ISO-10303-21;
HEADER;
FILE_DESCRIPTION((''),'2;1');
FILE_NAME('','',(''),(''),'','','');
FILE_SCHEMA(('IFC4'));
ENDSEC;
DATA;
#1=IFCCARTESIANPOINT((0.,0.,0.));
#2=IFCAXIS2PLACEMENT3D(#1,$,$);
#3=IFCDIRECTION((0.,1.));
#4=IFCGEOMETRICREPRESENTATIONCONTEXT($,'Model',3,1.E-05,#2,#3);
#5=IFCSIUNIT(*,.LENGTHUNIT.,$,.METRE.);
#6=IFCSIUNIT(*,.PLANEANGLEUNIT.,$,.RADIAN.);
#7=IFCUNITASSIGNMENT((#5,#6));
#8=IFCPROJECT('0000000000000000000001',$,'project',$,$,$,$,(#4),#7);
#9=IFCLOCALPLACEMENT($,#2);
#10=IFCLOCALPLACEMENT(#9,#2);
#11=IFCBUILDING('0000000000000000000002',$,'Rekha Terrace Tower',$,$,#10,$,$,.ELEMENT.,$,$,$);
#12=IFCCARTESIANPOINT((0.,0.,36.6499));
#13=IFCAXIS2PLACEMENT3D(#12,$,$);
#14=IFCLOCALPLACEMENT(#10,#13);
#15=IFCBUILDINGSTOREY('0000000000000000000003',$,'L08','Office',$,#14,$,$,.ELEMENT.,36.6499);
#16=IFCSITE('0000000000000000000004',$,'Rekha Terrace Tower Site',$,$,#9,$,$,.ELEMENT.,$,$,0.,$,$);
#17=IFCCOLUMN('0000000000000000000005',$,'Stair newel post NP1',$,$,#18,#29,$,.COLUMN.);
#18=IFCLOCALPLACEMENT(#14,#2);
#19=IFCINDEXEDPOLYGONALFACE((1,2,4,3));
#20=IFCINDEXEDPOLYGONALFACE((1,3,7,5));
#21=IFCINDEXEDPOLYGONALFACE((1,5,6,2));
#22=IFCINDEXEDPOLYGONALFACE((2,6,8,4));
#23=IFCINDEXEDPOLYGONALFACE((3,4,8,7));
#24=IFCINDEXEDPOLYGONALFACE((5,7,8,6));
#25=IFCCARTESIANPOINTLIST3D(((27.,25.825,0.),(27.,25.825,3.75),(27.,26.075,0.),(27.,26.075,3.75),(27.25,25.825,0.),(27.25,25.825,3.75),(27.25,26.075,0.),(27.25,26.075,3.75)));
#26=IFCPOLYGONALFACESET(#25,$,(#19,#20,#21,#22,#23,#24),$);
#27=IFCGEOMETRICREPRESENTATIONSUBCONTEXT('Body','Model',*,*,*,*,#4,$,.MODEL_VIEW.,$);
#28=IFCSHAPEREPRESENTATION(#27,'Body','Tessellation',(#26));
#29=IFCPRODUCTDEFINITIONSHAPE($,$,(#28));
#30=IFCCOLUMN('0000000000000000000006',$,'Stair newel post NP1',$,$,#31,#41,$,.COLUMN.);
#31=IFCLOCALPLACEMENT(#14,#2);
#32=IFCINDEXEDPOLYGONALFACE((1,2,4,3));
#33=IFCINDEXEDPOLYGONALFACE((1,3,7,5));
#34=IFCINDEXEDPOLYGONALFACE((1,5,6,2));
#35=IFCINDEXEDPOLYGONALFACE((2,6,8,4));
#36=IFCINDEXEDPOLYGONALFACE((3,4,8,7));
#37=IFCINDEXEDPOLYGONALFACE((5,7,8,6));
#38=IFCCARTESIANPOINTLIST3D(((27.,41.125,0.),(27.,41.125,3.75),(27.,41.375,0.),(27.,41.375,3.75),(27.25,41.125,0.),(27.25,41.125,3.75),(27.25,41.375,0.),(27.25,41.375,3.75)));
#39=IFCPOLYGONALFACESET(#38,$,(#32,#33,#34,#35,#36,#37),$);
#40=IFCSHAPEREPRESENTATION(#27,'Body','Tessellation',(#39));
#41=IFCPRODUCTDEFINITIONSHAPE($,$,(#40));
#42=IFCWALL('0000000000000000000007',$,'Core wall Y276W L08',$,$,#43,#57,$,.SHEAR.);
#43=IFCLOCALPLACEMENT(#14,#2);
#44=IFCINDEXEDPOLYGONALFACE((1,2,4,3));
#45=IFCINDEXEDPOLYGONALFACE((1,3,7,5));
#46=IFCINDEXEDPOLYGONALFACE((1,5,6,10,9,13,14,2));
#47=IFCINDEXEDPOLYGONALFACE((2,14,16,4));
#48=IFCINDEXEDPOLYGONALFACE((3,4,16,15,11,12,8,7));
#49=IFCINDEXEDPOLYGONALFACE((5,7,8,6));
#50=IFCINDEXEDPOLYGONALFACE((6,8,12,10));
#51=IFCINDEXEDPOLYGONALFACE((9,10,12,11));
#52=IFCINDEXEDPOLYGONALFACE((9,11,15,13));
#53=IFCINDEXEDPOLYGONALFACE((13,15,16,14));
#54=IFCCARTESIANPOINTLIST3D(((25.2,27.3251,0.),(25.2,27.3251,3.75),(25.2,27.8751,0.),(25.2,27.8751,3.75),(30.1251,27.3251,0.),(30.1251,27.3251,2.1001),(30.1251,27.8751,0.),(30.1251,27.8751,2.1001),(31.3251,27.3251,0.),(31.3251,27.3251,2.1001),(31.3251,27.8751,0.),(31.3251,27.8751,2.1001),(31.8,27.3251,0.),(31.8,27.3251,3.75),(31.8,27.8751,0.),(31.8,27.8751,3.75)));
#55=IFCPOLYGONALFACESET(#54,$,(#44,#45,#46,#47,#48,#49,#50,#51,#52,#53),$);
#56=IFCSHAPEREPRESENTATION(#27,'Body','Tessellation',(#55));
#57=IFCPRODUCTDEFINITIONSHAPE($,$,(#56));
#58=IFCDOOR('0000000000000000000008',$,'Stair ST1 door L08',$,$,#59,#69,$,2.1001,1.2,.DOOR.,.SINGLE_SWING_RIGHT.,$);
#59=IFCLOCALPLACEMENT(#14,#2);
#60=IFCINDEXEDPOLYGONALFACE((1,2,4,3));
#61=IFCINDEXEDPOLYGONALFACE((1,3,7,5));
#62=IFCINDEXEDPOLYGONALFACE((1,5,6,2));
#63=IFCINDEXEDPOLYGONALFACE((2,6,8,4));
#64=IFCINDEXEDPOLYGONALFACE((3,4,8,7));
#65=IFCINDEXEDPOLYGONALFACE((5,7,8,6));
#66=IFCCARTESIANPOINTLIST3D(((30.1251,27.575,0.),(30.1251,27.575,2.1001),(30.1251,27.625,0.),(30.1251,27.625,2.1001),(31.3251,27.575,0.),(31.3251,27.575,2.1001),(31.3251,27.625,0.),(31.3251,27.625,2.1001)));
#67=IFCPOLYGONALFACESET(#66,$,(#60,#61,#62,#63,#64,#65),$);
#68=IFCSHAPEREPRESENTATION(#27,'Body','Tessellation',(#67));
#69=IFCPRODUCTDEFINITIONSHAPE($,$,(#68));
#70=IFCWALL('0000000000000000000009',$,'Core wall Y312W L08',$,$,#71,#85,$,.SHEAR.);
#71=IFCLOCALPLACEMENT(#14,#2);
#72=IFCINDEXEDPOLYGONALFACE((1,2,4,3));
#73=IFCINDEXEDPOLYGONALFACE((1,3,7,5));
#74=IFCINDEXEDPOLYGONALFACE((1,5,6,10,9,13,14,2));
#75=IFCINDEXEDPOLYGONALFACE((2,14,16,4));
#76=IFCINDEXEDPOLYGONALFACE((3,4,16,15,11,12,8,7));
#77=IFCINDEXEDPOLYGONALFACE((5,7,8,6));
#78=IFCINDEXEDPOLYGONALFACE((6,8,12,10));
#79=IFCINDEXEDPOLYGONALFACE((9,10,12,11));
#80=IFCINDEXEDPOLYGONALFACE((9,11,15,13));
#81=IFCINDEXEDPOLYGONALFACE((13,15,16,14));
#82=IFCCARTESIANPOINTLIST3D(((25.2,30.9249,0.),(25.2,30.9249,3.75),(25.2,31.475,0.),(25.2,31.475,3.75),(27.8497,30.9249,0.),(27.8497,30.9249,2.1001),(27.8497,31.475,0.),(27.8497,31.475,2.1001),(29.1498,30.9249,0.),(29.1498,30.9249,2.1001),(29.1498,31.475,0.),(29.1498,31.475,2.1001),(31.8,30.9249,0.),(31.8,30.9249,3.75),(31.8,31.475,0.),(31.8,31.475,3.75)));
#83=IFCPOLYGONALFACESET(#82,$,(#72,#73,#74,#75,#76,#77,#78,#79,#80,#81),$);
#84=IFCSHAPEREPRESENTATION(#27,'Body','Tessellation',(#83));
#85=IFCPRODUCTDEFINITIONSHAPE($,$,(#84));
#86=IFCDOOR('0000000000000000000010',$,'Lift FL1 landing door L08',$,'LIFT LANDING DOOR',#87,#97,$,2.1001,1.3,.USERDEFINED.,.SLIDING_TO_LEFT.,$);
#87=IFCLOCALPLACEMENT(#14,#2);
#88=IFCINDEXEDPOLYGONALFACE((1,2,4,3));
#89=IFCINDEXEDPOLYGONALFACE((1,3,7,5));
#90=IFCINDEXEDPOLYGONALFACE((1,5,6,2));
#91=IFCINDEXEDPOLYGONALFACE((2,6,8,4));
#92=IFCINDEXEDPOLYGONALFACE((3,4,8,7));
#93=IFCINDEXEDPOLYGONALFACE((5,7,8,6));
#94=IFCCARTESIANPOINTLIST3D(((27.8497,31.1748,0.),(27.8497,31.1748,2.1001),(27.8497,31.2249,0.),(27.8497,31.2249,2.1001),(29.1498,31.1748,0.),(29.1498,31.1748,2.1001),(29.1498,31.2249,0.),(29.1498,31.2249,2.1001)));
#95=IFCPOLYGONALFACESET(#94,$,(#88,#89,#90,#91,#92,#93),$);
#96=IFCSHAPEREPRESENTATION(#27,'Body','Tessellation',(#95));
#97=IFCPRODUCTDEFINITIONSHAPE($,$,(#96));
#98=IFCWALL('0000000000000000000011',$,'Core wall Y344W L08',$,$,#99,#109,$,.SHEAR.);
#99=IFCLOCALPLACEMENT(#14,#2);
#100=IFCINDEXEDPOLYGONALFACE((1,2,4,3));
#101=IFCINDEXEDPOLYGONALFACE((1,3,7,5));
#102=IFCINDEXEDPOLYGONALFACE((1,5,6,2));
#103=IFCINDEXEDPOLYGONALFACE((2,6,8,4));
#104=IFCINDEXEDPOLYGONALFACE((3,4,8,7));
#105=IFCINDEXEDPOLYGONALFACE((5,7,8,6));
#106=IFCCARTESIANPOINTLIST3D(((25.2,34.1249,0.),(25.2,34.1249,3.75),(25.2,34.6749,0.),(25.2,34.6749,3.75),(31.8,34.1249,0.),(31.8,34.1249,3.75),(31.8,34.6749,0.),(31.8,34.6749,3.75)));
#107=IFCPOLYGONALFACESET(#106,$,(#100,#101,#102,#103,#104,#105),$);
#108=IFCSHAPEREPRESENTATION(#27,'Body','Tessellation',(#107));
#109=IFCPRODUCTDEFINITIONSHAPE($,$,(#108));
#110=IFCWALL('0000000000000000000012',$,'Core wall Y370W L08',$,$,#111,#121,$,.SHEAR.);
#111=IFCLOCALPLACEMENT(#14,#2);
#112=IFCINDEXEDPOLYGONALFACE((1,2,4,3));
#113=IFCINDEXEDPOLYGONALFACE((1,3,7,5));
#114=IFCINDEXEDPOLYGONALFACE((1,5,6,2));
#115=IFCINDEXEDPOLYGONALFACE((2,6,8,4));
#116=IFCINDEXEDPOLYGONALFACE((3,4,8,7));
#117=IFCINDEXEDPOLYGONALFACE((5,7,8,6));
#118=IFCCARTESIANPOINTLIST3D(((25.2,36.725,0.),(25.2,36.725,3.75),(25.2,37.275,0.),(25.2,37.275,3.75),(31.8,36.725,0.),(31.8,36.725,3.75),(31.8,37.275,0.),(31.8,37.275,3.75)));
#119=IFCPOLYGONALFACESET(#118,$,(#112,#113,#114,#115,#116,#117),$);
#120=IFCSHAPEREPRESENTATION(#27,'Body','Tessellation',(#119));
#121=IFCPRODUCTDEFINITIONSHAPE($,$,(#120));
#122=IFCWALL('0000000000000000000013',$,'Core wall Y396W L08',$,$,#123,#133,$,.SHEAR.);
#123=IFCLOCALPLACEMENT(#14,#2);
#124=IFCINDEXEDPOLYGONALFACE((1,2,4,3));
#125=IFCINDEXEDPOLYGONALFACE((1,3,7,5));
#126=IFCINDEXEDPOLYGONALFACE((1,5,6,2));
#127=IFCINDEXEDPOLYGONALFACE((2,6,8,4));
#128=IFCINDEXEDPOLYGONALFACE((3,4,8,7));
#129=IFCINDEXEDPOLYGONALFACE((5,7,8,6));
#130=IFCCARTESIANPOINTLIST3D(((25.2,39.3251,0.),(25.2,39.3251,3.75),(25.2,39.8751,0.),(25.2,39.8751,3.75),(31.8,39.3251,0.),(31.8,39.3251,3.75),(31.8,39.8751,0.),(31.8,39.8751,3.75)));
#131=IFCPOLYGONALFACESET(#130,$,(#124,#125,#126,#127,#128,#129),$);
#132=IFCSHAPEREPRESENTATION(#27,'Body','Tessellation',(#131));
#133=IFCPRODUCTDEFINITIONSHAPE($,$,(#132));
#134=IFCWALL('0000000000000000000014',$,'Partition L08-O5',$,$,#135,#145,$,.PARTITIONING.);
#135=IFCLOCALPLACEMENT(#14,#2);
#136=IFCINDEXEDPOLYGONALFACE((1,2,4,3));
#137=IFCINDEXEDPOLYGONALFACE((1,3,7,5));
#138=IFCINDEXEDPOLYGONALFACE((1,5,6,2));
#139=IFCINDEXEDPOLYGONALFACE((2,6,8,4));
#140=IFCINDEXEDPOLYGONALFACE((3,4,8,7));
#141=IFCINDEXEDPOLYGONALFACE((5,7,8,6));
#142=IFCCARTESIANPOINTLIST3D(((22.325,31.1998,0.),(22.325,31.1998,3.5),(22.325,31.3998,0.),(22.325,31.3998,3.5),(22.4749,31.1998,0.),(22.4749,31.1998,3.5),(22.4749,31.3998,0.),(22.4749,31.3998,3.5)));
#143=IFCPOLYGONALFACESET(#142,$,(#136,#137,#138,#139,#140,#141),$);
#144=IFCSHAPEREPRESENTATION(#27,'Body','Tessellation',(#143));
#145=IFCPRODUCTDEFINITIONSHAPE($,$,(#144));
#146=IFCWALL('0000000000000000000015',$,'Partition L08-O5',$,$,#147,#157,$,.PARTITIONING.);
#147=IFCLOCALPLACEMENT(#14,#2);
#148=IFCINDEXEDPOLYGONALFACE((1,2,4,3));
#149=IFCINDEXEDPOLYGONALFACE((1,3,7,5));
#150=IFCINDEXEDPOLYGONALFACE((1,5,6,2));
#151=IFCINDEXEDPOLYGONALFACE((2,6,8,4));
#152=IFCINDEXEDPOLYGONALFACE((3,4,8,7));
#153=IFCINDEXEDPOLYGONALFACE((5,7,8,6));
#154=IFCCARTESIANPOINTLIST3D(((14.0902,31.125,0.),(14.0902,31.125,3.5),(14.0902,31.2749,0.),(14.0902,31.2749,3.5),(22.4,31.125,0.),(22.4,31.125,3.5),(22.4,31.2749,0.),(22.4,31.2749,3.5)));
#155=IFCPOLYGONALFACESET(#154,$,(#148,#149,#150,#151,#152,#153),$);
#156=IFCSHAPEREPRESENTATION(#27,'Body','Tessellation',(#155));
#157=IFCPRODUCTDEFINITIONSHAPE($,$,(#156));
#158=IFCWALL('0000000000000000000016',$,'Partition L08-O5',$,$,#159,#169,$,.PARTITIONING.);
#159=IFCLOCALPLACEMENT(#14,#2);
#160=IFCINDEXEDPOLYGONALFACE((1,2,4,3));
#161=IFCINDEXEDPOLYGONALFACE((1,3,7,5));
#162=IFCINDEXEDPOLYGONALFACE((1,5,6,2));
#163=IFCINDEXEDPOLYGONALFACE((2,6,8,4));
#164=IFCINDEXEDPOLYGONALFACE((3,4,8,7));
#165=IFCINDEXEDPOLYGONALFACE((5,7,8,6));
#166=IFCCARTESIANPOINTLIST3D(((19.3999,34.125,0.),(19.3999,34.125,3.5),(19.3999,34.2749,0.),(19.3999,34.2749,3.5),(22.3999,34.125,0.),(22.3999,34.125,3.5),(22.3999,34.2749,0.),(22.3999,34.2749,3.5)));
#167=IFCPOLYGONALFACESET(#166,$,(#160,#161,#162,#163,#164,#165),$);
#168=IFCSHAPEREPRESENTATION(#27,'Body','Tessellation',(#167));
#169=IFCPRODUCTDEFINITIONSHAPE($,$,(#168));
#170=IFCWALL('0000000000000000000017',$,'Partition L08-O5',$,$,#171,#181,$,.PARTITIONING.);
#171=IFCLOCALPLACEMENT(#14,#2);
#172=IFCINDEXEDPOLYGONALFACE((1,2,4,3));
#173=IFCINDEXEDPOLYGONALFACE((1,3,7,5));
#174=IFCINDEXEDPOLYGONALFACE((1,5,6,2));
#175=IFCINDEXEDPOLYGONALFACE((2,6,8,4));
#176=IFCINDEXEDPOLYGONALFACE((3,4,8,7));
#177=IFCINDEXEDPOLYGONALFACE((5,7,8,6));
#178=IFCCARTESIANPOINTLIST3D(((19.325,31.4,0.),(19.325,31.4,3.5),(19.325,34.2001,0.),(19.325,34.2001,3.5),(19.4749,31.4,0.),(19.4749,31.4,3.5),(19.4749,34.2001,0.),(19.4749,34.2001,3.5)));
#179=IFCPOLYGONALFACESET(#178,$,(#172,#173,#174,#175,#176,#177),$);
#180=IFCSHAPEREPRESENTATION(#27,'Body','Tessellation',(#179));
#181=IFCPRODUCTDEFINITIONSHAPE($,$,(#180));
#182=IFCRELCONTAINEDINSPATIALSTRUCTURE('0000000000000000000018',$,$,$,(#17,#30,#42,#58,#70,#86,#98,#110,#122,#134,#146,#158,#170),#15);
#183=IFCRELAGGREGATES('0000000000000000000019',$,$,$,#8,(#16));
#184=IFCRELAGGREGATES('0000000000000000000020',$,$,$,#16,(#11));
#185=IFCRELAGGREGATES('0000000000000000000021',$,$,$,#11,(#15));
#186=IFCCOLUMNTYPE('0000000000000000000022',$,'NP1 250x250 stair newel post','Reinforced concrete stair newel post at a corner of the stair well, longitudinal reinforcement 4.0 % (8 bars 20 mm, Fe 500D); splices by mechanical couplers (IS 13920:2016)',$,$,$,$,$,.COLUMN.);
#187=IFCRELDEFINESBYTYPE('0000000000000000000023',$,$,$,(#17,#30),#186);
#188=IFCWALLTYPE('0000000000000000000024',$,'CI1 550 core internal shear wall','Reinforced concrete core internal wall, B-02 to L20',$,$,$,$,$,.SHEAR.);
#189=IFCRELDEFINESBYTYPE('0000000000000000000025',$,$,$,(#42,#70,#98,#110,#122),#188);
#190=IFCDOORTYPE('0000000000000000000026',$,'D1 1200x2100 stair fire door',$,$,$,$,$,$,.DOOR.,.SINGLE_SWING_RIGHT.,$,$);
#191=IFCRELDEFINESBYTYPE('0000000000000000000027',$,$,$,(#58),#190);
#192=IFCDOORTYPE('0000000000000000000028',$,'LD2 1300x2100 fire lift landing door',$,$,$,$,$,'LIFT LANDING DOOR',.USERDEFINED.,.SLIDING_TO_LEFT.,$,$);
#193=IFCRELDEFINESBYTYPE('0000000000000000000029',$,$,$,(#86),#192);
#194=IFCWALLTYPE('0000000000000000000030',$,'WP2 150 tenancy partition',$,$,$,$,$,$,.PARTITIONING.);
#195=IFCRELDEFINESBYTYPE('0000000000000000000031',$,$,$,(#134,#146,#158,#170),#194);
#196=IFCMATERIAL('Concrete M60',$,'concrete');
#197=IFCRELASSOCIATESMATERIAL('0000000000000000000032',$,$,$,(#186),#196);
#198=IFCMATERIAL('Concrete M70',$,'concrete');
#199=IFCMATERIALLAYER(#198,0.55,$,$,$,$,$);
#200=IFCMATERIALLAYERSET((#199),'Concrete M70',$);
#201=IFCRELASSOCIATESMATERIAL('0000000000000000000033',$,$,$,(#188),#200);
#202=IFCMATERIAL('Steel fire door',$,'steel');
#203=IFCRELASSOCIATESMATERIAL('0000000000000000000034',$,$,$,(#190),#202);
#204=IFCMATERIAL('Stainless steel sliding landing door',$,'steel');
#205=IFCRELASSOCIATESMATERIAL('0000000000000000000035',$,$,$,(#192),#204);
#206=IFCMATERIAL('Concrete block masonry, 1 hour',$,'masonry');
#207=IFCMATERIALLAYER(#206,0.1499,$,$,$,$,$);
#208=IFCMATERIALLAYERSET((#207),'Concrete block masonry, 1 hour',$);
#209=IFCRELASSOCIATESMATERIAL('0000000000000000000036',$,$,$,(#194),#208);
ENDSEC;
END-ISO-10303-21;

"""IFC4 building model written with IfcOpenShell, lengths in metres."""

from ifc_helpers import new_model, si_unit, direction, frame, frame_2d, origin, origin_2d, place, context, subcontext, project, spatial, rectangle, extrude, material, layer, layer_set, material_profile, profile_set, type_object, element, fill, save


model = new_model("IFC4")

# Units and contexts
model_context = context("Model", 3, precision=1e-05, world=origin(), true_north=direction((0.0, 1.0)))
body_context = subcontext(model_context, "Body", "Model", "MODEL_VIEW")
ifc_project = project(units=[si_unit("LENGTHUNIT", "METRE"), si_unit("PLANEANGLEUNIT", "RADIAN")], contexts=[model_context])

# Site, building, storey
site_placement = place(None, origin())
site = spatial("IfcSite", under=ifc_project, at=site_placement, Name="Rekha Terrace Tower Site", CompositionType="ELEMENT", RefElevation=0.0)
building_placement = place(site_placement, origin())
building = spatial("IfcBuilding", under=site, at=building_placement, Name="Rekha Terrace Tower", CompositionType="ELEMENT")
storey_placement = place(building_placement, frame((0.0, 0.0, 36.6499)))
storey = spatial("IfcBuildingStorey", under=building, at=storey_placement, Name="L08", Description="Office", CompositionType="ELEMENT", Elevation=36.6499)

# Columns
ifc_material_1 = material(Name="Concrete M60", Category="concrete")
ifc_material_profile = material_profile(ifc_material_1, rectangle(XDim=0.25, YDim=0.25, at=origin_2d()), Name="RC 250x250")
ifc_profile_set = profile_set([ifc_material_profile], Name="Concrete M60")
column_type = type_object("IfcColumnType", Name="NP1 250x250 stair newel post", Description="Reinforced concrete stair newel post at a corner of the stair well, longitudinal reinforcement 4.0 % (8 bars 20 mm, Fe 500D); splices by mechanical couplers (IS 13920:2016)", PredefinedType="COLUMN", material=ifc_profile_set)
for number, where, z_axis, x_axis, name in (
    (1, (27.125, 25.95, 0.0), (0.0, 0.0, 1.0), (1.0, 0.0, 0.0), "Stair newel post NP1"),
    (2, (27.125, 41.25, 0.0), (0.0, 0.0, 1.0), (1.0, 0.0, 0.0), "Stair newel post NP1"),
):
    element("IfcColumn", number, at=place(storey_placement, frame(where, z_axis=z_axis, x_axis=x_axis)), inside=storey, type_object=column_type, Name=name, PredefinedType="COLUMN", context=body_context, shape_type="SweptSolid", body=[
        extrude(rectangle(XDim=0.25, YDim=0.25, at=origin_2d()), origin(), (0.0, 0.0, 1.0), 3.75),
    ])

# Walls, openings, doors
ifc_material_2 = material(Name="Concrete M70", Category="concrete")
ifc_layer_1 = layer(ifc_material_2, 0.55)
ifc_layer_set_1 = layer_set([ifc_layer_1], Name="Concrete M70")
wall_type_1 = type_object("IfcWallType", Name="CI1 550 core internal shear wall", Description="Reinforced concrete core internal wall, B-02 to L20", PredefinedType="SHEAR", material=ifc_layer_set_1)
wall_1_placement = place(storey_placement, frame((25.2, 27.6001, 0.0), z_axis=(0.0, 0.0, 1.0), x_axis=(1.0, 0.0, 0.0)))
wall_1 = element("IfcWall", 3, at=wall_1_placement, inside=storey, type_object=wall_type_1, Name="Core wall Y276W L08", PredefinedType="SHEAR", context=body_context, shape_type="SweptSolid", body=[
    extrude(rectangle(XDim=6.6001, YDim=0.55, at=frame_2d((3.3, 0.0))), origin(), (0.0, 0.0, 1.0), 3.75),
])
opening_1_placement = place(wall_1_placement, frame((4.925, 0.0, 0.0)))
opening_1 = element("IfcOpeningElement", 4, at=opening_1_placement, cuts=wall_1, PredefinedType="OPENING", context=body_context, shape_type="SweptSolid", body=[
    extrude(rectangle(XDim=1.2, YDim=2.1001, at=frame_2d((0.6001, 1.05))), frame((0.0, 0.2849, 0.0), z_axis=(0.0, -1.0, 0.0), x_axis=(1.0, 0.0, 0.0)), (0.0, 0.0, 1.0), 0.5701),
])
ifc_material_3 = material(Name="Steel fire door", Category="steel")
door_type_1 = type_object("IfcDoorType", Name="D1 1200x2100 stair fire door", OperationType="SINGLE_SWING_RIGHT", PredefinedType="DOOR", material=ifc_material_3)
door_1_placement = place(opening_1_placement, origin())
door_1 = element("IfcDoor", 5, at=door_1_placement, inside=storey, type_object=door_type_1, Name="Stair ST1 door L08", OperationType="SINGLE_SWING_RIGHT", OverallHeight=2.1001, OverallWidth=1.2, PredefinedType="DOOR", context=body_context, shape_type="SweptSolid", body=[
    extrude(rectangle(XDim=1.2, YDim=2.1001, at=frame_2d((0.6001, 1.05))), frame((0.0, 0.0249, 0.0), z_axis=(0.0, -1.0, 0.0), x_axis=(1.0, 0.0, 0.0)), (0.0, 0.0, 1.0), 0.05),
])
fill(opening_1, door_1)
wall_2_placement = place(storey_placement, frame((25.2, 31.2, 0.0), z_axis=(0.0, 0.0, 1.0), x_axis=(1.0, 0.0, 0.0)))
wall_2 = element("IfcWall", 6, at=wall_2_placement, inside=storey, type_object=wall_type_1, Name="Core wall Y312W L08", PredefinedType="SHEAR", context=body_context, shape_type="SweptSolid", body=[
    extrude(rectangle(XDim=6.6001, YDim=0.55, at=frame_2d((3.3, 0.0))), origin(), (0.0, 0.0, 1.0), 3.75),
])
opening_2_placement = place(wall_2_placement, frame((2.6499, 0.0, 0.0)))
opening_2 = element("IfcOpeningElement", 7, at=opening_2_placement, cuts=wall_2, PredefinedType="OPENING", context=body_context, shape_type="SweptSolid", body=[
    extrude(rectangle(XDim=1.3, YDim=2.1001, at=frame_2d((0.6499, 1.05))), frame((0.0, 0.2849, 0.0), z_axis=(0.0, -1.0, 0.0), x_axis=(1.0, 0.0, 0.0)), (0.0, 0.0, 1.0), 0.5701),
])
ifc_material_4 = material(Name="Stainless steel sliding landing door", Category="steel")
door_type_2 = type_object("IfcDoorType", Name="LD2 1300x2100 fire lift landing door", ElementType="LIFT LANDING DOOR", OperationType="SLIDING_TO_LEFT", PredefinedType="USERDEFINED", material=ifc_material_4)
door_2_placement = place(opening_2_placement, origin())
door_2 = element("IfcDoor", 8, at=door_2_placement, inside=storey, type_object=door_type_2, Name="Lift FL1 landing door L08", ObjectType="LIFT LANDING DOOR", OperationType="SLIDING_TO_LEFT", OverallHeight=2.1001, OverallWidth=1.3, PredefinedType="USERDEFINED", context=body_context, shape_type="SweptSolid", body=[
    extrude(rectangle(XDim=1.3, YDim=2.1001, at=frame_2d((0.6499, 1.05))), frame((0.0, 0.0249, 0.0), z_axis=(0.0, -1.0, 0.0), x_axis=(1.0, 0.0, 0.0)), (0.0, 0.0, 1.0), 0.05),
])
fill(opening_2, door_2)

# Walls
for number, where, z_axis, x_axis, name in (
    (9, (25.2, 34.3999, 0.0), (0.0, 0.0, 1.0), (1.0, 0.0, 0.0), "Core wall Y344W L08"),
    (10, (25.2, 37.0, 0.0), (0.0, 0.0, 1.0), (1.0, 0.0, 0.0), "Core wall Y370W L08"),
    (11, (25.2, 39.6001, 0.0), (0.0, 0.0, 1.0), (1.0, 0.0, 0.0), "Core wall Y396W L08"),
):
    element("IfcWall", number, at=place(storey_placement, frame(where, z_axis=z_axis, x_axis=x_axis)), inside=storey, type_object=wall_type_1, Name=name, PredefinedType="SHEAR", context=body_context, shape_type="SweptSolid", body=[
        extrude(rectangle(XDim=6.6001, YDim=0.55, at=frame_2d((3.3, 0.0))), origin(), (0.0, 0.0, 1.0), 3.75),
    ])
ifc_material_5 = material(Name="Concrete block masonry, 1 hour", Category="masonry")
ifc_layer_2 = layer(ifc_material_5, 0.1499)
ifc_layer_set_2 = layer_set([ifc_layer_2], Name="Concrete block masonry, 1 hour")
wall_type_2 = type_object("IfcWallType", Name="WP2 150 tenancy partition", PredefinedType="PARTITIONING", material=ifc_layer_set_2)
wall_3_placement = place(storey_placement, frame((22.3999, 31.3999, 0.0), z_axis=(0.0, 0.0, 1.0), x_axis=(0.0, -1.0, 0.0)))
element("IfcWall", 12, at=wall_3_placement, inside=storey, type_object=wall_type_2, Name="Partition L08-O5", PredefinedType="PARTITIONING", context=body_context, shape_type="SweptSolid", body=[
    extrude(rectangle(XDim=0.2, YDim=0.1499, at=frame_2d((0.1001, 0.0))), origin(), (0.0, 0.0, 1.0), 3.5),
])
wall_4_placement = place(storey_placement, frame((22.3999, 31.2, 0.0), z_axis=(0.0, 0.0, 1.0), x_axis=(-1.0, 0.0, 0.0)))
element("IfcWall", 13, at=wall_4_placement, inside=storey, type_object=wall_type_2, Name="Partition L08-O5", PredefinedType="PARTITIONING", context=body_context, shape_type="SweptSolid", body=[
    extrude(rectangle(XDim=8.3098, YDim=0.1499, at=frame_2d((4.1548, 0.0))), origin(), (0.0, 0.0, 1.0), 3.5),
])
wall_5_placement = place(storey_placement, frame((22.3999, 34.2, 0.0), z_axis=(0.0, 0.0, 1.0), x_axis=(-1.0, 0.0, 0.0)))
element("IfcWall", 14, at=wall_5_placement, inside=storey, type_object=wall_type_2, Name="Partition L08-O5", PredefinedType="PARTITIONING", context=body_context, shape_type="SweptSolid", body=[
    extrude(rectangle(XDim=3.0, YDim=0.1499, at=frame_2d((1.5, 0.0))), origin(), (0.0, 0.0, 1.0), 3.5),
])
wall_6_placement = place(storey_placement, frame((19.3999, 34.2, 0.0), z_axis=(0.0, 0.0, 1.0), x_axis=(0.0, -1.0, 0.0)))
element("IfcWall", 15, at=wall_6_placement, inside=storey, type_object=wall_type_2, Name="Partition L08-O5", PredefinedType="PARTITIONING", context=body_context, shape_type="SweptSolid", body=[
    extrude(rectangle(XDim=2.8, YDim=0.1499, at=frame_2d((1.3999, 0.0))), origin(), (0.0, 0.0, 1.0), 3.5),
])

save(model, "model.ifc")
